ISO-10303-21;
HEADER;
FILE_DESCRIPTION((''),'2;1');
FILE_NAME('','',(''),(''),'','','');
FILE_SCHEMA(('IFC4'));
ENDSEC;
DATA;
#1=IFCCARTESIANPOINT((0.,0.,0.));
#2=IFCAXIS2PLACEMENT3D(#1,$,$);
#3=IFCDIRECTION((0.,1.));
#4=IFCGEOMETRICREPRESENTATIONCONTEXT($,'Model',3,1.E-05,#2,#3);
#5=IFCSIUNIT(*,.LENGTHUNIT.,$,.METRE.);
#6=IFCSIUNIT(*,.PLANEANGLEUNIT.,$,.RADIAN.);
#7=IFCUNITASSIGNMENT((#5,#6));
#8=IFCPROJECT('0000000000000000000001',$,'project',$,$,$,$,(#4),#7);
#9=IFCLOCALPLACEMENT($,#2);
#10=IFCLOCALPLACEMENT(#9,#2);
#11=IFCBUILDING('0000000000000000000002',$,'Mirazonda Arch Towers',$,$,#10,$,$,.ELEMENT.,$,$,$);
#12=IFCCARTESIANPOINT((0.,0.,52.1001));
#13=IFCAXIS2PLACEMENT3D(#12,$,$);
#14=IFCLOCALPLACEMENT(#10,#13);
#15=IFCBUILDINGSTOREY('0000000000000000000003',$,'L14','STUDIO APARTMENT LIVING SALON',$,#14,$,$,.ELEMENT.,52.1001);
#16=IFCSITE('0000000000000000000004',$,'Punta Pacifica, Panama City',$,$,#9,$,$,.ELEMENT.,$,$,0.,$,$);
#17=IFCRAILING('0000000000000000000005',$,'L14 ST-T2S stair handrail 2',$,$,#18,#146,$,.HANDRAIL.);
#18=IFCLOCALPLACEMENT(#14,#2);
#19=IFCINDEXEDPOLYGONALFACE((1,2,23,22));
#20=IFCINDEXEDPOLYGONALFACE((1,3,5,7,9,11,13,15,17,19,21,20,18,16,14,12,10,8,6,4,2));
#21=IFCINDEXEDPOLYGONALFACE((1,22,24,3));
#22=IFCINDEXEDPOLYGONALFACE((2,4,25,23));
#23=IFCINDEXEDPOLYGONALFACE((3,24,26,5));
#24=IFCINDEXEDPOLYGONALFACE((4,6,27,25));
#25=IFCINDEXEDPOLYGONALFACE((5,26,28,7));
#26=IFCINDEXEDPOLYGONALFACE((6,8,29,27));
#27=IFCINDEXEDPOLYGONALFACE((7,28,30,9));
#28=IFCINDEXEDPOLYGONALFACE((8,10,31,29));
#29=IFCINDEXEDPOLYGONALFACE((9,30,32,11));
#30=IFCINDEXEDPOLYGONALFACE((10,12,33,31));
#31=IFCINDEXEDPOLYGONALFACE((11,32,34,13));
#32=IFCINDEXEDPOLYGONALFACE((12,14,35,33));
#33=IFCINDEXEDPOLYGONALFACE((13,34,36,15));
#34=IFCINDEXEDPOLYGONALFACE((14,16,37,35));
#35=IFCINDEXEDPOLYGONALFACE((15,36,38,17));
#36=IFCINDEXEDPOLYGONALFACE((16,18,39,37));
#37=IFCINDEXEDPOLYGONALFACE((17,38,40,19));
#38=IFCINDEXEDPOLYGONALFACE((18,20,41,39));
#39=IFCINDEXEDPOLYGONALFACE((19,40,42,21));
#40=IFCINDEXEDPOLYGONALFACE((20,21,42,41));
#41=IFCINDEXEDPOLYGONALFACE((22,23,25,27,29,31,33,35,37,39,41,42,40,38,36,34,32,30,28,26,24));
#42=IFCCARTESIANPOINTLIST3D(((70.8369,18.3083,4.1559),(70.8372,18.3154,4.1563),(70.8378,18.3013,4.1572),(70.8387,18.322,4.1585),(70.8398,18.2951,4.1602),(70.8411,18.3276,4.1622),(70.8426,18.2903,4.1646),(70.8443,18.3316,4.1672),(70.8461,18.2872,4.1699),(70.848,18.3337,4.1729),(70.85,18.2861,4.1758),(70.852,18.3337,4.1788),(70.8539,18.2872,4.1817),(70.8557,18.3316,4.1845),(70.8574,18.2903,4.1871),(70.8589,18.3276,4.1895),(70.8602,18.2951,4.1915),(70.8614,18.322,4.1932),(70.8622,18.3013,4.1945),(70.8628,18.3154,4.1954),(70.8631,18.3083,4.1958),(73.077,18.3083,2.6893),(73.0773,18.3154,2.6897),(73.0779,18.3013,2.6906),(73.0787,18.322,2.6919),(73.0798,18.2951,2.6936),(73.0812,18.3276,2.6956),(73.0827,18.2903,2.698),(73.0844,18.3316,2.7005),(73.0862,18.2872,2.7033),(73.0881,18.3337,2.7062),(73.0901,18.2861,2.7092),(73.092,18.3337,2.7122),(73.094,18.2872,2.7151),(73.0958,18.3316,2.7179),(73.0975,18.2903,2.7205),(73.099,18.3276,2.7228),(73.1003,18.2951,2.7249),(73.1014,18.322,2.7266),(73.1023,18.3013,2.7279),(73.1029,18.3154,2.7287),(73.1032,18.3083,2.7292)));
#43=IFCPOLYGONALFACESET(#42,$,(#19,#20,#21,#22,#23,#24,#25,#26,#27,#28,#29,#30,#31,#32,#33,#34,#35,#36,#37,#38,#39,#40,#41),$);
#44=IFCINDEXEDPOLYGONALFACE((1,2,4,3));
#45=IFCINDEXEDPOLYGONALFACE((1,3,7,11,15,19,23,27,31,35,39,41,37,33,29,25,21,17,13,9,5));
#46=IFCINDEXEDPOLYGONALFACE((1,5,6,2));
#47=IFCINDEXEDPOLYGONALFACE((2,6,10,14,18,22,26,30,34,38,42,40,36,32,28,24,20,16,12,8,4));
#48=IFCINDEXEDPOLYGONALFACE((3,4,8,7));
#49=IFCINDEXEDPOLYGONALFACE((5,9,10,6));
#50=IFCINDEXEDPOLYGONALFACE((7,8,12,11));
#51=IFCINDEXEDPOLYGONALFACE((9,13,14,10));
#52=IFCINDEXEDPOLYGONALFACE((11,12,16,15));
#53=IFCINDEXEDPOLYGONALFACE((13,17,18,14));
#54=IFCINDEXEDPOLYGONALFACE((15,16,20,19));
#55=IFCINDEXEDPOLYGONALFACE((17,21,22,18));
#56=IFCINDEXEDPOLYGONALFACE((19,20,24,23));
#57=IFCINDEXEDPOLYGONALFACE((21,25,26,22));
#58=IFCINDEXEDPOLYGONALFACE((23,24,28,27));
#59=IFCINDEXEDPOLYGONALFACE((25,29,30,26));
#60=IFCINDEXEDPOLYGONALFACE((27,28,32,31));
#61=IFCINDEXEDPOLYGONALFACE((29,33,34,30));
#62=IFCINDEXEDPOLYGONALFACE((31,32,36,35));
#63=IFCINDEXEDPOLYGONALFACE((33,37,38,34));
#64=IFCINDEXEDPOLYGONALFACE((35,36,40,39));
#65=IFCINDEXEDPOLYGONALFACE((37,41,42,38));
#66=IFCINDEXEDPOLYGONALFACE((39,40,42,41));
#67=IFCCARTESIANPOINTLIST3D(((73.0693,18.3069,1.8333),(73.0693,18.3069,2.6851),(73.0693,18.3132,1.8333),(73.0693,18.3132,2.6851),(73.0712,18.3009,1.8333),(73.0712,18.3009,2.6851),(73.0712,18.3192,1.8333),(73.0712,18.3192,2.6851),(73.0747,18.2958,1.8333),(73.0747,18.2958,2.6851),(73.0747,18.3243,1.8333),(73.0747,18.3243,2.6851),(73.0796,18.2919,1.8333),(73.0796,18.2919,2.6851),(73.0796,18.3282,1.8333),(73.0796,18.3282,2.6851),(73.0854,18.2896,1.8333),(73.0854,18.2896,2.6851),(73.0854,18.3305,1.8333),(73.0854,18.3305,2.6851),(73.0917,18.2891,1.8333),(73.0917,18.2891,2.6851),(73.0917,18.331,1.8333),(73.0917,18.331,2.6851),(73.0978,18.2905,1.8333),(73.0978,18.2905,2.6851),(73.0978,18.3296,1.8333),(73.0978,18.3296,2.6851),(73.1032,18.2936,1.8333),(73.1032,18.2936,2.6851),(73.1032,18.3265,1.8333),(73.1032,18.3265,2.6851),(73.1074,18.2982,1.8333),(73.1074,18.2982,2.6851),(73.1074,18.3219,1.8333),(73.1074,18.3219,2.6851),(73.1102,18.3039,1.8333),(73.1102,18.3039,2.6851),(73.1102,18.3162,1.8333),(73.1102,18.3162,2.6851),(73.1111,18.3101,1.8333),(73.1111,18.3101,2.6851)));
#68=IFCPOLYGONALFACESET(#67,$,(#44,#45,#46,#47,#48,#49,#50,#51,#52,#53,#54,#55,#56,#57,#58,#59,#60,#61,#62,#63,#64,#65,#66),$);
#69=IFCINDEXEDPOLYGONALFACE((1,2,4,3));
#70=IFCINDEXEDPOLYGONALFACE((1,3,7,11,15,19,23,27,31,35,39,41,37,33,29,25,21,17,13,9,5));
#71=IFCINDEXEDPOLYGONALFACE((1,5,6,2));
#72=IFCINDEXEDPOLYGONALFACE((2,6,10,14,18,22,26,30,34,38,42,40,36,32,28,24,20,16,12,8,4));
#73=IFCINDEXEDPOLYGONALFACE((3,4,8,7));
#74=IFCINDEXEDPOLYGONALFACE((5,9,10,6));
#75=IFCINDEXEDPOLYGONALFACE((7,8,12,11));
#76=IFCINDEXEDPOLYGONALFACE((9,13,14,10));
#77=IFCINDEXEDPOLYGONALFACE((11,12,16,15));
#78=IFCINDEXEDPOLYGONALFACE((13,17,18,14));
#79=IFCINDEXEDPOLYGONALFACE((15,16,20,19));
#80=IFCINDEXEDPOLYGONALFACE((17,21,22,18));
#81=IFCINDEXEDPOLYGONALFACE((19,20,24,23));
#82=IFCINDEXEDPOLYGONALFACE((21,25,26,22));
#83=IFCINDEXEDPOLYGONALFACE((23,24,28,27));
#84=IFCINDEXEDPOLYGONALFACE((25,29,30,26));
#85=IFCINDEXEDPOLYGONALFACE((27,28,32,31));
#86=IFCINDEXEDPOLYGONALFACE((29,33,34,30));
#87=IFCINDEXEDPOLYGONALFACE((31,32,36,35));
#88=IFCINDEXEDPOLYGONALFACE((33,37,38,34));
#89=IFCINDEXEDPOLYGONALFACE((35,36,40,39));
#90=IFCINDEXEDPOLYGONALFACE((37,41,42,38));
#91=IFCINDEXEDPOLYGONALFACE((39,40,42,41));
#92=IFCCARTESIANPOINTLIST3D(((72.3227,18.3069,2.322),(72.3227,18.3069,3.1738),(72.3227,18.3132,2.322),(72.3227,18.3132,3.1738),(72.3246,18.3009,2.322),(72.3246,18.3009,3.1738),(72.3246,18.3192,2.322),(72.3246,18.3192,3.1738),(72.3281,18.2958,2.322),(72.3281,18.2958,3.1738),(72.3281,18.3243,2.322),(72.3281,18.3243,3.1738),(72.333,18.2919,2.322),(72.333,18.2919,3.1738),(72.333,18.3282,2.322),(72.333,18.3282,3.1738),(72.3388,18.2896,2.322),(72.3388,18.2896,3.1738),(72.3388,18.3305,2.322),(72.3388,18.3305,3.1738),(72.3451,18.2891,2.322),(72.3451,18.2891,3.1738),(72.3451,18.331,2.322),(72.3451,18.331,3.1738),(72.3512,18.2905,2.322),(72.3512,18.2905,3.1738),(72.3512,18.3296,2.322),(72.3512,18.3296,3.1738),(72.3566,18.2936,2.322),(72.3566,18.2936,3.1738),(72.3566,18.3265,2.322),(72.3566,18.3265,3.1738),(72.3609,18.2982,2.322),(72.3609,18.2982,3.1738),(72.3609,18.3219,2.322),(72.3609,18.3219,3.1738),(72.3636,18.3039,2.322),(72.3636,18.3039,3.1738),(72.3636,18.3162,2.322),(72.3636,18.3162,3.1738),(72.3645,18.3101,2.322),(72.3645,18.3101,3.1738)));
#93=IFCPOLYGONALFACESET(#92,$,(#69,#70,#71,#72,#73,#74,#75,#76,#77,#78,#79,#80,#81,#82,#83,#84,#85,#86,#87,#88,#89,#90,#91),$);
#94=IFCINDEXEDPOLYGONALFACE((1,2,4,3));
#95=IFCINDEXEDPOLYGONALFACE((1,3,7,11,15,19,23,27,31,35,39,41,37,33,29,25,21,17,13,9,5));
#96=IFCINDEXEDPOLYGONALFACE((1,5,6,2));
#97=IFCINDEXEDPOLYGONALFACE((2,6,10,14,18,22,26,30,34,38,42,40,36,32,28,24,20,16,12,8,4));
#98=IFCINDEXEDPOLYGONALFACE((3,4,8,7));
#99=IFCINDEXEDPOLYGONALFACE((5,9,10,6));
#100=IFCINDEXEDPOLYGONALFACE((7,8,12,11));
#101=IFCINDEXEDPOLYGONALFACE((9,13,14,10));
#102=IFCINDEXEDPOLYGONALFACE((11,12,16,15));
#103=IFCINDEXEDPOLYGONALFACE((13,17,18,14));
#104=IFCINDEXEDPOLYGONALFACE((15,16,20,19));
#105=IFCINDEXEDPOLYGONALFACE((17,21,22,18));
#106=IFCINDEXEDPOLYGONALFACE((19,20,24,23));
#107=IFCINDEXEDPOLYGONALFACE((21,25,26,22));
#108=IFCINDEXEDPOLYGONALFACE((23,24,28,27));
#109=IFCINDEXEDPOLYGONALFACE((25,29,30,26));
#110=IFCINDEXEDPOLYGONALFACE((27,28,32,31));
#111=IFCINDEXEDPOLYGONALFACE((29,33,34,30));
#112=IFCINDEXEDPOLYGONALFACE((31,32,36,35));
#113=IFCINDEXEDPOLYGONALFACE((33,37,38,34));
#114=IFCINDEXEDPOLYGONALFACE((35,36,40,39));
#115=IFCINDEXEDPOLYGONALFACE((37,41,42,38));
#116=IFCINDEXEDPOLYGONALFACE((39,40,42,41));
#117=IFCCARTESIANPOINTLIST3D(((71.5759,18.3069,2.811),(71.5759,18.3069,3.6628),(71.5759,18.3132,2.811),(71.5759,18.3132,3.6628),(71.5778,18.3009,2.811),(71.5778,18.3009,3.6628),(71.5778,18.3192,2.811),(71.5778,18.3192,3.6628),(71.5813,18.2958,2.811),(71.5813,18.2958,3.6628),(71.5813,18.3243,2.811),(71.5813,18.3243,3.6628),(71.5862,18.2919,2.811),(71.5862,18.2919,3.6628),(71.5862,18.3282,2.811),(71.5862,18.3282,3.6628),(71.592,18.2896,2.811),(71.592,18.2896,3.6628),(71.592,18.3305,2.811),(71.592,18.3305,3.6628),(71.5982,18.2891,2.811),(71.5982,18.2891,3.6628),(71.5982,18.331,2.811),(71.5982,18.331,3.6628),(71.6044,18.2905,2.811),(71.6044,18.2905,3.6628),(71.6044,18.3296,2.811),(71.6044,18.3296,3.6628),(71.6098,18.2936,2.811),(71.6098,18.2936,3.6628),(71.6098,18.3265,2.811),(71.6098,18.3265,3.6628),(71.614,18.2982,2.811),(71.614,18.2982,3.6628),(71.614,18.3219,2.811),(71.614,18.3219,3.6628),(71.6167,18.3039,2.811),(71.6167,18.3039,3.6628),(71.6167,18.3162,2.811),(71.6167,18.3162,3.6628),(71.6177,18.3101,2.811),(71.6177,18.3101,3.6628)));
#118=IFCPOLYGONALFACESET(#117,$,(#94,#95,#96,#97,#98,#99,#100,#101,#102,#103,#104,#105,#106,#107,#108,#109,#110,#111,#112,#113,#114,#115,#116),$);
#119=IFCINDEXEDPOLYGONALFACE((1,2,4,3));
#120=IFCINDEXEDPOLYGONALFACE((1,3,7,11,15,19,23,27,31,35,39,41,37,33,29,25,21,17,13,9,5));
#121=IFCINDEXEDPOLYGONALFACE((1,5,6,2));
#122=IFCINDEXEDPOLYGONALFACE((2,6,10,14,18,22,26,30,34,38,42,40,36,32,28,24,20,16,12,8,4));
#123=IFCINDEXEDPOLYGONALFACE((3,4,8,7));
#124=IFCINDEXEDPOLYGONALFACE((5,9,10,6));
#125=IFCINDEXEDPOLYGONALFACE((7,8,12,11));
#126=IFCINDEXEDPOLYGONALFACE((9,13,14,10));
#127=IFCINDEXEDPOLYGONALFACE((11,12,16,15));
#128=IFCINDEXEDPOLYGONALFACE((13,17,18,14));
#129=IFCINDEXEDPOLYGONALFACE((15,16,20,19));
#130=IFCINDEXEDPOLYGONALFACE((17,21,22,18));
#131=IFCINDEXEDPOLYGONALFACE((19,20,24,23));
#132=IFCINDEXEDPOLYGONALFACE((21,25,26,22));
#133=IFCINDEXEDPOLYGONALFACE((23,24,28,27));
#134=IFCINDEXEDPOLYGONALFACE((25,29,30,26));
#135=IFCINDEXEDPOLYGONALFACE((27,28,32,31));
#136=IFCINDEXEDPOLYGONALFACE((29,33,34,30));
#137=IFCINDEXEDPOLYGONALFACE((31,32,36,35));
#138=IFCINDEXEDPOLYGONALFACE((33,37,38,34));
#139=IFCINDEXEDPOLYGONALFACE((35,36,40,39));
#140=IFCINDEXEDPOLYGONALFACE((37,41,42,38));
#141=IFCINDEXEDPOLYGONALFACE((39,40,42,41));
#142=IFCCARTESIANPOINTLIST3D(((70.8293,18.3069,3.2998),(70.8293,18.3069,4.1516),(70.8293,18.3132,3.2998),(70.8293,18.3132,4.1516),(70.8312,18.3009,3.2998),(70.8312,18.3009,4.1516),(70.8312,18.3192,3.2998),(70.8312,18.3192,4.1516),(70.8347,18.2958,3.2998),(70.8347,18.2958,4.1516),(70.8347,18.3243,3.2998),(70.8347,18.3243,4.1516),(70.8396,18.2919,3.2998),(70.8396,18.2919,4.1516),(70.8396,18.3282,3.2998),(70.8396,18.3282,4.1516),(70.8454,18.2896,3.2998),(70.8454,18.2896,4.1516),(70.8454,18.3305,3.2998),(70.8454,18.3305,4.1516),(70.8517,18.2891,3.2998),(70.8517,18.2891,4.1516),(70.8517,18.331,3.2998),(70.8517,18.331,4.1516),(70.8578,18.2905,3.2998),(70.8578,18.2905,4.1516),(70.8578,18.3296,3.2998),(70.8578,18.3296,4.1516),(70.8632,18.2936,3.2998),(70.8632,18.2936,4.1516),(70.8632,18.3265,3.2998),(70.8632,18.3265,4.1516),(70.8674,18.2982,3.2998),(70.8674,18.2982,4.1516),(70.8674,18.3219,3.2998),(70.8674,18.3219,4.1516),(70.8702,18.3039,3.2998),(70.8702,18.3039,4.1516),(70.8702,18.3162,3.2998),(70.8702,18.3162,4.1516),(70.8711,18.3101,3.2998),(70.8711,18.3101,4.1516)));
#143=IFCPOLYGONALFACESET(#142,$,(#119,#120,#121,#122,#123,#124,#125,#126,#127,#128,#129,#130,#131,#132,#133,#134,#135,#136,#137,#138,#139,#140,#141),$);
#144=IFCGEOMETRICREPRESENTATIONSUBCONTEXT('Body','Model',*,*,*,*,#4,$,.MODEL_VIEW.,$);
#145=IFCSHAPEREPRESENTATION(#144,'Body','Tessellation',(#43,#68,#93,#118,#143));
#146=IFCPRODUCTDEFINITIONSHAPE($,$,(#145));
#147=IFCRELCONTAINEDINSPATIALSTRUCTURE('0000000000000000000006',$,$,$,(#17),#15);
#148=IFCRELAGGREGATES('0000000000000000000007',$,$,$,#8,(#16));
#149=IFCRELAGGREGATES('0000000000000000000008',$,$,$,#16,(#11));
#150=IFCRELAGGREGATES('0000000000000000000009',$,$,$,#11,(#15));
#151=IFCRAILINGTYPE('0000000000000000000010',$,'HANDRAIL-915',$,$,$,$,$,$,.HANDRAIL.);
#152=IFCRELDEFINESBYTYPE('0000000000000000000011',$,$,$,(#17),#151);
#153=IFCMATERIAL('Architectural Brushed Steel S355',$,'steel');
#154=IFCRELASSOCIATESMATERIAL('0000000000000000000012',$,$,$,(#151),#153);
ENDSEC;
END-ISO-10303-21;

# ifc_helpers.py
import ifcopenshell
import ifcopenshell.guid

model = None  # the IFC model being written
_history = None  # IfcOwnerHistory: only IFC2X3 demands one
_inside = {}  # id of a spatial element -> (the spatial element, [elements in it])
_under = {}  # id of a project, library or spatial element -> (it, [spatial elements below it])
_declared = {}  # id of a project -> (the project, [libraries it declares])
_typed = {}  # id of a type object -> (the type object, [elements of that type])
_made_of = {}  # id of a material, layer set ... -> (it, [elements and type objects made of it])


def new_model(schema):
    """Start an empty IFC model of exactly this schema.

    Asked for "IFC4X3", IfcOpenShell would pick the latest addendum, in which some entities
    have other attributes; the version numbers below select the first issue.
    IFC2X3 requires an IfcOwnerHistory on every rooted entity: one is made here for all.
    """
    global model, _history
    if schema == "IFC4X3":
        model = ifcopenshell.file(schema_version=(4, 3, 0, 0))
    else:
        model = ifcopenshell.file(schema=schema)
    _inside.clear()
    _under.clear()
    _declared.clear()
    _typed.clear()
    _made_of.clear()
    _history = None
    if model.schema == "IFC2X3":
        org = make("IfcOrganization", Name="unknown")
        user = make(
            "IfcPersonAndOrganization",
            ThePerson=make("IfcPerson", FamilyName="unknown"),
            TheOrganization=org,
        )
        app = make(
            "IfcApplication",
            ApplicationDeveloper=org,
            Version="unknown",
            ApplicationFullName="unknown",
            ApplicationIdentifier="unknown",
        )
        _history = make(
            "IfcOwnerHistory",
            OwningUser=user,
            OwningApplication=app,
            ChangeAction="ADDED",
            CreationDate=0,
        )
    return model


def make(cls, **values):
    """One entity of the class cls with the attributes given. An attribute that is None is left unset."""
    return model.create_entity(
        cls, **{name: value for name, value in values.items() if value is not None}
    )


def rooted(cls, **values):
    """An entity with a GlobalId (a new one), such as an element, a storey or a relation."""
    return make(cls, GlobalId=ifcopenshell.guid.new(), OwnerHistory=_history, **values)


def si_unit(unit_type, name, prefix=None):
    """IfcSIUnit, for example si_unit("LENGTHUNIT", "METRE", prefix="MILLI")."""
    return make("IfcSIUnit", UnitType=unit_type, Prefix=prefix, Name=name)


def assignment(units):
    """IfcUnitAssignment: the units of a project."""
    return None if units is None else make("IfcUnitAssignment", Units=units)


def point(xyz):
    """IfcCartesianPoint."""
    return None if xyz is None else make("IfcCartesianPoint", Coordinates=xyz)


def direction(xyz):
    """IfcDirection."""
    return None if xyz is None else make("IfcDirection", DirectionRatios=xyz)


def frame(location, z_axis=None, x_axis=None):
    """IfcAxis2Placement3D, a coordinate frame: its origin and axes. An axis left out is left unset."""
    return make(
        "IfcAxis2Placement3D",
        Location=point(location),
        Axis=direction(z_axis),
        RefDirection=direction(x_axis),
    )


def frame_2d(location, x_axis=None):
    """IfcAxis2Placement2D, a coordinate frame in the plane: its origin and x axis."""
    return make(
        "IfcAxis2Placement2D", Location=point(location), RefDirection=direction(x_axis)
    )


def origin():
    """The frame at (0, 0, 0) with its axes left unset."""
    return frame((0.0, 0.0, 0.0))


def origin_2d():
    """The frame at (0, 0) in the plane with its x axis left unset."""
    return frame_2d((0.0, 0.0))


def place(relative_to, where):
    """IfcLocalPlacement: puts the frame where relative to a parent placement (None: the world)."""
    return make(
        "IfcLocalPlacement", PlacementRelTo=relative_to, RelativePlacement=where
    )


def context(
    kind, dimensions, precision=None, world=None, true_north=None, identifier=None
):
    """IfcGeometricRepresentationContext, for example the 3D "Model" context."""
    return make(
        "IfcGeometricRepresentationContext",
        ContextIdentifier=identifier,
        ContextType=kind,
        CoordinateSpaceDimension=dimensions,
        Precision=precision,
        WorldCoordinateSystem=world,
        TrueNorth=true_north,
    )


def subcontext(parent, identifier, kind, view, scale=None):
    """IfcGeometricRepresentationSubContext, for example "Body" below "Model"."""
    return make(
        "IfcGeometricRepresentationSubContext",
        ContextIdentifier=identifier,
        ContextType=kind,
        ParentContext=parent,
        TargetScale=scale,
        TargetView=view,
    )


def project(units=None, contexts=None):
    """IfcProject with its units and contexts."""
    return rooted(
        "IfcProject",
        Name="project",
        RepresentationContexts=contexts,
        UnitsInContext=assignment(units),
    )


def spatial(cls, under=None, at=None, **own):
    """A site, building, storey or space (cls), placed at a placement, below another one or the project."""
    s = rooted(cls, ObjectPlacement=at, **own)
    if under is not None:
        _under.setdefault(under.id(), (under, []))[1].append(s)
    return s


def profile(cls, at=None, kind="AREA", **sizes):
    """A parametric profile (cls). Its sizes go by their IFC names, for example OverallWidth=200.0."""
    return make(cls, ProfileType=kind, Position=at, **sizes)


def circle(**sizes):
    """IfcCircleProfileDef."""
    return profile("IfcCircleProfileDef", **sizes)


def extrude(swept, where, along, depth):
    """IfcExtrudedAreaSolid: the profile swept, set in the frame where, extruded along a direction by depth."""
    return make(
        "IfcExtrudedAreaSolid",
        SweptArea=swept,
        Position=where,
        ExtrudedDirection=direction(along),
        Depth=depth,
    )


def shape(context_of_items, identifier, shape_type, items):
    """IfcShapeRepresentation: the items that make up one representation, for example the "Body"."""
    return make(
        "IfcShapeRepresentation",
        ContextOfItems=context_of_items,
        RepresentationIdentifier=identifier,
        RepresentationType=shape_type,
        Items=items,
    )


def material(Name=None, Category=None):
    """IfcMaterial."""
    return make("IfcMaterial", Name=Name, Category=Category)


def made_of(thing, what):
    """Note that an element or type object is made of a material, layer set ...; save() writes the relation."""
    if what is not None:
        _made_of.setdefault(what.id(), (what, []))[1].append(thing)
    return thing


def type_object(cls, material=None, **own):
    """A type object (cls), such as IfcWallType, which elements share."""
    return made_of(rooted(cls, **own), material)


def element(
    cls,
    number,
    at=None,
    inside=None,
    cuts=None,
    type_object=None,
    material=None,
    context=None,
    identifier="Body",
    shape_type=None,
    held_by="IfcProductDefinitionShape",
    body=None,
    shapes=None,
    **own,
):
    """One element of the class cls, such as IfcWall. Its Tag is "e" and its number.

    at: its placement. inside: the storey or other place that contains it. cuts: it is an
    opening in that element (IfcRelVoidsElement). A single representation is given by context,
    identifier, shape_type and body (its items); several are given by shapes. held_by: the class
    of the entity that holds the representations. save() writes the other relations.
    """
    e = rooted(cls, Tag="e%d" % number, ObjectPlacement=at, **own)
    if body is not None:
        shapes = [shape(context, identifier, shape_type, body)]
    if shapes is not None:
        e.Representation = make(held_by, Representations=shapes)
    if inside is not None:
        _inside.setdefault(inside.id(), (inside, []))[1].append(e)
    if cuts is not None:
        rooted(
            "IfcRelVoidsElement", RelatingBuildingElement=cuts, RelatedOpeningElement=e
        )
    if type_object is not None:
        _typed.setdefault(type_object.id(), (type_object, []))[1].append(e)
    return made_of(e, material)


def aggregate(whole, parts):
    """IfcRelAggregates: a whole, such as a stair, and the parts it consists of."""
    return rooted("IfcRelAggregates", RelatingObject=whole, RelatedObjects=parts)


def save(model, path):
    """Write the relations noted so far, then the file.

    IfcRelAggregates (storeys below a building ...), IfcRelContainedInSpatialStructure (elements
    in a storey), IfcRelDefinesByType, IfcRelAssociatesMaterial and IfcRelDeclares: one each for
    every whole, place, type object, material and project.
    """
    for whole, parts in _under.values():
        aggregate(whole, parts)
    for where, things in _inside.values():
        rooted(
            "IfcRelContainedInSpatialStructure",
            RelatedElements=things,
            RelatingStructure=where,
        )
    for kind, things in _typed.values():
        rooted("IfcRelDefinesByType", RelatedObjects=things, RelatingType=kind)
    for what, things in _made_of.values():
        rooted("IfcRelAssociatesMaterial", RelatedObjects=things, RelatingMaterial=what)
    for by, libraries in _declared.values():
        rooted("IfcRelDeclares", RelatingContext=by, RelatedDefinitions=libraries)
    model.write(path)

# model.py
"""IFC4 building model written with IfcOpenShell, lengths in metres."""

from ifc_helpers import new_model, si_unit, direction, frame, origin, origin_2d, place, context, subcontext, project, spatial, circle, extrude, material, type_object, element, save


model = new_model("IFC4")

# Units and contexts
model_context = context("Model", 3, precision=1e-05, world=origin(), true_north=direction((0.0, 1.0)))
body_context = subcontext(model_context, "Body", "Model", "MODEL_VIEW")
ifc_project = project(units=[si_unit("LENGTHUNIT", "METRE"), si_unit("PLANEANGLEUNIT", "RADIAN")], contexts=[model_context])

# Site, building, storey
site_placement = place(None, origin())
site = spatial("IfcSite", under=ifc_project, at=site_placement, Name="Punta Pacifica, Panama City", CompositionType="ELEMENT", RefElevation=0.0)
building_placement = place(site_placement, origin())
building = spatial("IfcBuilding", under=site, at=building_placement, Name="Mirazonda Arch Towers", CompositionType="ELEMENT")
storey_placement = place(building_placement, frame((0.0, 0.0, 52.1001)))
storey = spatial("IfcBuildingStorey", under=building, at=storey_placement, Name="L14", Description="STUDIO APARTMENT LIVING SALON", CompositionType="ELEMENT", Elevation=52.1001)

# Railing
ifc_material_1 = material(Name="Architectural Brushed Steel S355", Category="steel")
railing_type_1 = type_object("IfcRailingType", Name="HANDRAIL-915", PredefinedType="HANDRAIL", material=ifc_material_1)
railing_1_placement = place(storey_placement, frame((73.0901, 18.3101, 1.8333)))
element("IfcRailing", 1, at=railing_1_placement, inside=storey, type_object=railing_type_1, Name="L14 ST-T2S stair handrail 2", PredefinedType="HANDRAIL", context=body_context, shape_type="SweptSolid", body=[
    extrude(circle(Radius=0.0239, at=origin_2d()), frame((0.0, 0.0, 0.876), z_axis=(-0.836637, 0.0, 0.547758), x_axis=(0.0, -1.0, 0.0)), (0.0, 0.0, 1.0), 2.6775),
    extrude(circle(Radius=0.021, at=origin_2d()), origin(), (0.0, 0.0, 1.0), 0.8518),
    extrude(circle(Radius=0.021, at=origin_2d()), frame((-0.7466, 0.0, 0.4888)), (0.0, 0.0, 1.0), 0.8518),
    extrude(circle(Radius=0.021, at=origin_2d()), frame((-1.4934, 0.0, 0.9778)), (0.0, 0.0, 1.0), 0.8518),
    extrude(circle(Radius=0.021, at=origin_2d()), frame((-2.24, 0.0, 1.4666)), (0.0, 0.0, 1.0), 0.8518),
])

save(model, "model.ifc")
